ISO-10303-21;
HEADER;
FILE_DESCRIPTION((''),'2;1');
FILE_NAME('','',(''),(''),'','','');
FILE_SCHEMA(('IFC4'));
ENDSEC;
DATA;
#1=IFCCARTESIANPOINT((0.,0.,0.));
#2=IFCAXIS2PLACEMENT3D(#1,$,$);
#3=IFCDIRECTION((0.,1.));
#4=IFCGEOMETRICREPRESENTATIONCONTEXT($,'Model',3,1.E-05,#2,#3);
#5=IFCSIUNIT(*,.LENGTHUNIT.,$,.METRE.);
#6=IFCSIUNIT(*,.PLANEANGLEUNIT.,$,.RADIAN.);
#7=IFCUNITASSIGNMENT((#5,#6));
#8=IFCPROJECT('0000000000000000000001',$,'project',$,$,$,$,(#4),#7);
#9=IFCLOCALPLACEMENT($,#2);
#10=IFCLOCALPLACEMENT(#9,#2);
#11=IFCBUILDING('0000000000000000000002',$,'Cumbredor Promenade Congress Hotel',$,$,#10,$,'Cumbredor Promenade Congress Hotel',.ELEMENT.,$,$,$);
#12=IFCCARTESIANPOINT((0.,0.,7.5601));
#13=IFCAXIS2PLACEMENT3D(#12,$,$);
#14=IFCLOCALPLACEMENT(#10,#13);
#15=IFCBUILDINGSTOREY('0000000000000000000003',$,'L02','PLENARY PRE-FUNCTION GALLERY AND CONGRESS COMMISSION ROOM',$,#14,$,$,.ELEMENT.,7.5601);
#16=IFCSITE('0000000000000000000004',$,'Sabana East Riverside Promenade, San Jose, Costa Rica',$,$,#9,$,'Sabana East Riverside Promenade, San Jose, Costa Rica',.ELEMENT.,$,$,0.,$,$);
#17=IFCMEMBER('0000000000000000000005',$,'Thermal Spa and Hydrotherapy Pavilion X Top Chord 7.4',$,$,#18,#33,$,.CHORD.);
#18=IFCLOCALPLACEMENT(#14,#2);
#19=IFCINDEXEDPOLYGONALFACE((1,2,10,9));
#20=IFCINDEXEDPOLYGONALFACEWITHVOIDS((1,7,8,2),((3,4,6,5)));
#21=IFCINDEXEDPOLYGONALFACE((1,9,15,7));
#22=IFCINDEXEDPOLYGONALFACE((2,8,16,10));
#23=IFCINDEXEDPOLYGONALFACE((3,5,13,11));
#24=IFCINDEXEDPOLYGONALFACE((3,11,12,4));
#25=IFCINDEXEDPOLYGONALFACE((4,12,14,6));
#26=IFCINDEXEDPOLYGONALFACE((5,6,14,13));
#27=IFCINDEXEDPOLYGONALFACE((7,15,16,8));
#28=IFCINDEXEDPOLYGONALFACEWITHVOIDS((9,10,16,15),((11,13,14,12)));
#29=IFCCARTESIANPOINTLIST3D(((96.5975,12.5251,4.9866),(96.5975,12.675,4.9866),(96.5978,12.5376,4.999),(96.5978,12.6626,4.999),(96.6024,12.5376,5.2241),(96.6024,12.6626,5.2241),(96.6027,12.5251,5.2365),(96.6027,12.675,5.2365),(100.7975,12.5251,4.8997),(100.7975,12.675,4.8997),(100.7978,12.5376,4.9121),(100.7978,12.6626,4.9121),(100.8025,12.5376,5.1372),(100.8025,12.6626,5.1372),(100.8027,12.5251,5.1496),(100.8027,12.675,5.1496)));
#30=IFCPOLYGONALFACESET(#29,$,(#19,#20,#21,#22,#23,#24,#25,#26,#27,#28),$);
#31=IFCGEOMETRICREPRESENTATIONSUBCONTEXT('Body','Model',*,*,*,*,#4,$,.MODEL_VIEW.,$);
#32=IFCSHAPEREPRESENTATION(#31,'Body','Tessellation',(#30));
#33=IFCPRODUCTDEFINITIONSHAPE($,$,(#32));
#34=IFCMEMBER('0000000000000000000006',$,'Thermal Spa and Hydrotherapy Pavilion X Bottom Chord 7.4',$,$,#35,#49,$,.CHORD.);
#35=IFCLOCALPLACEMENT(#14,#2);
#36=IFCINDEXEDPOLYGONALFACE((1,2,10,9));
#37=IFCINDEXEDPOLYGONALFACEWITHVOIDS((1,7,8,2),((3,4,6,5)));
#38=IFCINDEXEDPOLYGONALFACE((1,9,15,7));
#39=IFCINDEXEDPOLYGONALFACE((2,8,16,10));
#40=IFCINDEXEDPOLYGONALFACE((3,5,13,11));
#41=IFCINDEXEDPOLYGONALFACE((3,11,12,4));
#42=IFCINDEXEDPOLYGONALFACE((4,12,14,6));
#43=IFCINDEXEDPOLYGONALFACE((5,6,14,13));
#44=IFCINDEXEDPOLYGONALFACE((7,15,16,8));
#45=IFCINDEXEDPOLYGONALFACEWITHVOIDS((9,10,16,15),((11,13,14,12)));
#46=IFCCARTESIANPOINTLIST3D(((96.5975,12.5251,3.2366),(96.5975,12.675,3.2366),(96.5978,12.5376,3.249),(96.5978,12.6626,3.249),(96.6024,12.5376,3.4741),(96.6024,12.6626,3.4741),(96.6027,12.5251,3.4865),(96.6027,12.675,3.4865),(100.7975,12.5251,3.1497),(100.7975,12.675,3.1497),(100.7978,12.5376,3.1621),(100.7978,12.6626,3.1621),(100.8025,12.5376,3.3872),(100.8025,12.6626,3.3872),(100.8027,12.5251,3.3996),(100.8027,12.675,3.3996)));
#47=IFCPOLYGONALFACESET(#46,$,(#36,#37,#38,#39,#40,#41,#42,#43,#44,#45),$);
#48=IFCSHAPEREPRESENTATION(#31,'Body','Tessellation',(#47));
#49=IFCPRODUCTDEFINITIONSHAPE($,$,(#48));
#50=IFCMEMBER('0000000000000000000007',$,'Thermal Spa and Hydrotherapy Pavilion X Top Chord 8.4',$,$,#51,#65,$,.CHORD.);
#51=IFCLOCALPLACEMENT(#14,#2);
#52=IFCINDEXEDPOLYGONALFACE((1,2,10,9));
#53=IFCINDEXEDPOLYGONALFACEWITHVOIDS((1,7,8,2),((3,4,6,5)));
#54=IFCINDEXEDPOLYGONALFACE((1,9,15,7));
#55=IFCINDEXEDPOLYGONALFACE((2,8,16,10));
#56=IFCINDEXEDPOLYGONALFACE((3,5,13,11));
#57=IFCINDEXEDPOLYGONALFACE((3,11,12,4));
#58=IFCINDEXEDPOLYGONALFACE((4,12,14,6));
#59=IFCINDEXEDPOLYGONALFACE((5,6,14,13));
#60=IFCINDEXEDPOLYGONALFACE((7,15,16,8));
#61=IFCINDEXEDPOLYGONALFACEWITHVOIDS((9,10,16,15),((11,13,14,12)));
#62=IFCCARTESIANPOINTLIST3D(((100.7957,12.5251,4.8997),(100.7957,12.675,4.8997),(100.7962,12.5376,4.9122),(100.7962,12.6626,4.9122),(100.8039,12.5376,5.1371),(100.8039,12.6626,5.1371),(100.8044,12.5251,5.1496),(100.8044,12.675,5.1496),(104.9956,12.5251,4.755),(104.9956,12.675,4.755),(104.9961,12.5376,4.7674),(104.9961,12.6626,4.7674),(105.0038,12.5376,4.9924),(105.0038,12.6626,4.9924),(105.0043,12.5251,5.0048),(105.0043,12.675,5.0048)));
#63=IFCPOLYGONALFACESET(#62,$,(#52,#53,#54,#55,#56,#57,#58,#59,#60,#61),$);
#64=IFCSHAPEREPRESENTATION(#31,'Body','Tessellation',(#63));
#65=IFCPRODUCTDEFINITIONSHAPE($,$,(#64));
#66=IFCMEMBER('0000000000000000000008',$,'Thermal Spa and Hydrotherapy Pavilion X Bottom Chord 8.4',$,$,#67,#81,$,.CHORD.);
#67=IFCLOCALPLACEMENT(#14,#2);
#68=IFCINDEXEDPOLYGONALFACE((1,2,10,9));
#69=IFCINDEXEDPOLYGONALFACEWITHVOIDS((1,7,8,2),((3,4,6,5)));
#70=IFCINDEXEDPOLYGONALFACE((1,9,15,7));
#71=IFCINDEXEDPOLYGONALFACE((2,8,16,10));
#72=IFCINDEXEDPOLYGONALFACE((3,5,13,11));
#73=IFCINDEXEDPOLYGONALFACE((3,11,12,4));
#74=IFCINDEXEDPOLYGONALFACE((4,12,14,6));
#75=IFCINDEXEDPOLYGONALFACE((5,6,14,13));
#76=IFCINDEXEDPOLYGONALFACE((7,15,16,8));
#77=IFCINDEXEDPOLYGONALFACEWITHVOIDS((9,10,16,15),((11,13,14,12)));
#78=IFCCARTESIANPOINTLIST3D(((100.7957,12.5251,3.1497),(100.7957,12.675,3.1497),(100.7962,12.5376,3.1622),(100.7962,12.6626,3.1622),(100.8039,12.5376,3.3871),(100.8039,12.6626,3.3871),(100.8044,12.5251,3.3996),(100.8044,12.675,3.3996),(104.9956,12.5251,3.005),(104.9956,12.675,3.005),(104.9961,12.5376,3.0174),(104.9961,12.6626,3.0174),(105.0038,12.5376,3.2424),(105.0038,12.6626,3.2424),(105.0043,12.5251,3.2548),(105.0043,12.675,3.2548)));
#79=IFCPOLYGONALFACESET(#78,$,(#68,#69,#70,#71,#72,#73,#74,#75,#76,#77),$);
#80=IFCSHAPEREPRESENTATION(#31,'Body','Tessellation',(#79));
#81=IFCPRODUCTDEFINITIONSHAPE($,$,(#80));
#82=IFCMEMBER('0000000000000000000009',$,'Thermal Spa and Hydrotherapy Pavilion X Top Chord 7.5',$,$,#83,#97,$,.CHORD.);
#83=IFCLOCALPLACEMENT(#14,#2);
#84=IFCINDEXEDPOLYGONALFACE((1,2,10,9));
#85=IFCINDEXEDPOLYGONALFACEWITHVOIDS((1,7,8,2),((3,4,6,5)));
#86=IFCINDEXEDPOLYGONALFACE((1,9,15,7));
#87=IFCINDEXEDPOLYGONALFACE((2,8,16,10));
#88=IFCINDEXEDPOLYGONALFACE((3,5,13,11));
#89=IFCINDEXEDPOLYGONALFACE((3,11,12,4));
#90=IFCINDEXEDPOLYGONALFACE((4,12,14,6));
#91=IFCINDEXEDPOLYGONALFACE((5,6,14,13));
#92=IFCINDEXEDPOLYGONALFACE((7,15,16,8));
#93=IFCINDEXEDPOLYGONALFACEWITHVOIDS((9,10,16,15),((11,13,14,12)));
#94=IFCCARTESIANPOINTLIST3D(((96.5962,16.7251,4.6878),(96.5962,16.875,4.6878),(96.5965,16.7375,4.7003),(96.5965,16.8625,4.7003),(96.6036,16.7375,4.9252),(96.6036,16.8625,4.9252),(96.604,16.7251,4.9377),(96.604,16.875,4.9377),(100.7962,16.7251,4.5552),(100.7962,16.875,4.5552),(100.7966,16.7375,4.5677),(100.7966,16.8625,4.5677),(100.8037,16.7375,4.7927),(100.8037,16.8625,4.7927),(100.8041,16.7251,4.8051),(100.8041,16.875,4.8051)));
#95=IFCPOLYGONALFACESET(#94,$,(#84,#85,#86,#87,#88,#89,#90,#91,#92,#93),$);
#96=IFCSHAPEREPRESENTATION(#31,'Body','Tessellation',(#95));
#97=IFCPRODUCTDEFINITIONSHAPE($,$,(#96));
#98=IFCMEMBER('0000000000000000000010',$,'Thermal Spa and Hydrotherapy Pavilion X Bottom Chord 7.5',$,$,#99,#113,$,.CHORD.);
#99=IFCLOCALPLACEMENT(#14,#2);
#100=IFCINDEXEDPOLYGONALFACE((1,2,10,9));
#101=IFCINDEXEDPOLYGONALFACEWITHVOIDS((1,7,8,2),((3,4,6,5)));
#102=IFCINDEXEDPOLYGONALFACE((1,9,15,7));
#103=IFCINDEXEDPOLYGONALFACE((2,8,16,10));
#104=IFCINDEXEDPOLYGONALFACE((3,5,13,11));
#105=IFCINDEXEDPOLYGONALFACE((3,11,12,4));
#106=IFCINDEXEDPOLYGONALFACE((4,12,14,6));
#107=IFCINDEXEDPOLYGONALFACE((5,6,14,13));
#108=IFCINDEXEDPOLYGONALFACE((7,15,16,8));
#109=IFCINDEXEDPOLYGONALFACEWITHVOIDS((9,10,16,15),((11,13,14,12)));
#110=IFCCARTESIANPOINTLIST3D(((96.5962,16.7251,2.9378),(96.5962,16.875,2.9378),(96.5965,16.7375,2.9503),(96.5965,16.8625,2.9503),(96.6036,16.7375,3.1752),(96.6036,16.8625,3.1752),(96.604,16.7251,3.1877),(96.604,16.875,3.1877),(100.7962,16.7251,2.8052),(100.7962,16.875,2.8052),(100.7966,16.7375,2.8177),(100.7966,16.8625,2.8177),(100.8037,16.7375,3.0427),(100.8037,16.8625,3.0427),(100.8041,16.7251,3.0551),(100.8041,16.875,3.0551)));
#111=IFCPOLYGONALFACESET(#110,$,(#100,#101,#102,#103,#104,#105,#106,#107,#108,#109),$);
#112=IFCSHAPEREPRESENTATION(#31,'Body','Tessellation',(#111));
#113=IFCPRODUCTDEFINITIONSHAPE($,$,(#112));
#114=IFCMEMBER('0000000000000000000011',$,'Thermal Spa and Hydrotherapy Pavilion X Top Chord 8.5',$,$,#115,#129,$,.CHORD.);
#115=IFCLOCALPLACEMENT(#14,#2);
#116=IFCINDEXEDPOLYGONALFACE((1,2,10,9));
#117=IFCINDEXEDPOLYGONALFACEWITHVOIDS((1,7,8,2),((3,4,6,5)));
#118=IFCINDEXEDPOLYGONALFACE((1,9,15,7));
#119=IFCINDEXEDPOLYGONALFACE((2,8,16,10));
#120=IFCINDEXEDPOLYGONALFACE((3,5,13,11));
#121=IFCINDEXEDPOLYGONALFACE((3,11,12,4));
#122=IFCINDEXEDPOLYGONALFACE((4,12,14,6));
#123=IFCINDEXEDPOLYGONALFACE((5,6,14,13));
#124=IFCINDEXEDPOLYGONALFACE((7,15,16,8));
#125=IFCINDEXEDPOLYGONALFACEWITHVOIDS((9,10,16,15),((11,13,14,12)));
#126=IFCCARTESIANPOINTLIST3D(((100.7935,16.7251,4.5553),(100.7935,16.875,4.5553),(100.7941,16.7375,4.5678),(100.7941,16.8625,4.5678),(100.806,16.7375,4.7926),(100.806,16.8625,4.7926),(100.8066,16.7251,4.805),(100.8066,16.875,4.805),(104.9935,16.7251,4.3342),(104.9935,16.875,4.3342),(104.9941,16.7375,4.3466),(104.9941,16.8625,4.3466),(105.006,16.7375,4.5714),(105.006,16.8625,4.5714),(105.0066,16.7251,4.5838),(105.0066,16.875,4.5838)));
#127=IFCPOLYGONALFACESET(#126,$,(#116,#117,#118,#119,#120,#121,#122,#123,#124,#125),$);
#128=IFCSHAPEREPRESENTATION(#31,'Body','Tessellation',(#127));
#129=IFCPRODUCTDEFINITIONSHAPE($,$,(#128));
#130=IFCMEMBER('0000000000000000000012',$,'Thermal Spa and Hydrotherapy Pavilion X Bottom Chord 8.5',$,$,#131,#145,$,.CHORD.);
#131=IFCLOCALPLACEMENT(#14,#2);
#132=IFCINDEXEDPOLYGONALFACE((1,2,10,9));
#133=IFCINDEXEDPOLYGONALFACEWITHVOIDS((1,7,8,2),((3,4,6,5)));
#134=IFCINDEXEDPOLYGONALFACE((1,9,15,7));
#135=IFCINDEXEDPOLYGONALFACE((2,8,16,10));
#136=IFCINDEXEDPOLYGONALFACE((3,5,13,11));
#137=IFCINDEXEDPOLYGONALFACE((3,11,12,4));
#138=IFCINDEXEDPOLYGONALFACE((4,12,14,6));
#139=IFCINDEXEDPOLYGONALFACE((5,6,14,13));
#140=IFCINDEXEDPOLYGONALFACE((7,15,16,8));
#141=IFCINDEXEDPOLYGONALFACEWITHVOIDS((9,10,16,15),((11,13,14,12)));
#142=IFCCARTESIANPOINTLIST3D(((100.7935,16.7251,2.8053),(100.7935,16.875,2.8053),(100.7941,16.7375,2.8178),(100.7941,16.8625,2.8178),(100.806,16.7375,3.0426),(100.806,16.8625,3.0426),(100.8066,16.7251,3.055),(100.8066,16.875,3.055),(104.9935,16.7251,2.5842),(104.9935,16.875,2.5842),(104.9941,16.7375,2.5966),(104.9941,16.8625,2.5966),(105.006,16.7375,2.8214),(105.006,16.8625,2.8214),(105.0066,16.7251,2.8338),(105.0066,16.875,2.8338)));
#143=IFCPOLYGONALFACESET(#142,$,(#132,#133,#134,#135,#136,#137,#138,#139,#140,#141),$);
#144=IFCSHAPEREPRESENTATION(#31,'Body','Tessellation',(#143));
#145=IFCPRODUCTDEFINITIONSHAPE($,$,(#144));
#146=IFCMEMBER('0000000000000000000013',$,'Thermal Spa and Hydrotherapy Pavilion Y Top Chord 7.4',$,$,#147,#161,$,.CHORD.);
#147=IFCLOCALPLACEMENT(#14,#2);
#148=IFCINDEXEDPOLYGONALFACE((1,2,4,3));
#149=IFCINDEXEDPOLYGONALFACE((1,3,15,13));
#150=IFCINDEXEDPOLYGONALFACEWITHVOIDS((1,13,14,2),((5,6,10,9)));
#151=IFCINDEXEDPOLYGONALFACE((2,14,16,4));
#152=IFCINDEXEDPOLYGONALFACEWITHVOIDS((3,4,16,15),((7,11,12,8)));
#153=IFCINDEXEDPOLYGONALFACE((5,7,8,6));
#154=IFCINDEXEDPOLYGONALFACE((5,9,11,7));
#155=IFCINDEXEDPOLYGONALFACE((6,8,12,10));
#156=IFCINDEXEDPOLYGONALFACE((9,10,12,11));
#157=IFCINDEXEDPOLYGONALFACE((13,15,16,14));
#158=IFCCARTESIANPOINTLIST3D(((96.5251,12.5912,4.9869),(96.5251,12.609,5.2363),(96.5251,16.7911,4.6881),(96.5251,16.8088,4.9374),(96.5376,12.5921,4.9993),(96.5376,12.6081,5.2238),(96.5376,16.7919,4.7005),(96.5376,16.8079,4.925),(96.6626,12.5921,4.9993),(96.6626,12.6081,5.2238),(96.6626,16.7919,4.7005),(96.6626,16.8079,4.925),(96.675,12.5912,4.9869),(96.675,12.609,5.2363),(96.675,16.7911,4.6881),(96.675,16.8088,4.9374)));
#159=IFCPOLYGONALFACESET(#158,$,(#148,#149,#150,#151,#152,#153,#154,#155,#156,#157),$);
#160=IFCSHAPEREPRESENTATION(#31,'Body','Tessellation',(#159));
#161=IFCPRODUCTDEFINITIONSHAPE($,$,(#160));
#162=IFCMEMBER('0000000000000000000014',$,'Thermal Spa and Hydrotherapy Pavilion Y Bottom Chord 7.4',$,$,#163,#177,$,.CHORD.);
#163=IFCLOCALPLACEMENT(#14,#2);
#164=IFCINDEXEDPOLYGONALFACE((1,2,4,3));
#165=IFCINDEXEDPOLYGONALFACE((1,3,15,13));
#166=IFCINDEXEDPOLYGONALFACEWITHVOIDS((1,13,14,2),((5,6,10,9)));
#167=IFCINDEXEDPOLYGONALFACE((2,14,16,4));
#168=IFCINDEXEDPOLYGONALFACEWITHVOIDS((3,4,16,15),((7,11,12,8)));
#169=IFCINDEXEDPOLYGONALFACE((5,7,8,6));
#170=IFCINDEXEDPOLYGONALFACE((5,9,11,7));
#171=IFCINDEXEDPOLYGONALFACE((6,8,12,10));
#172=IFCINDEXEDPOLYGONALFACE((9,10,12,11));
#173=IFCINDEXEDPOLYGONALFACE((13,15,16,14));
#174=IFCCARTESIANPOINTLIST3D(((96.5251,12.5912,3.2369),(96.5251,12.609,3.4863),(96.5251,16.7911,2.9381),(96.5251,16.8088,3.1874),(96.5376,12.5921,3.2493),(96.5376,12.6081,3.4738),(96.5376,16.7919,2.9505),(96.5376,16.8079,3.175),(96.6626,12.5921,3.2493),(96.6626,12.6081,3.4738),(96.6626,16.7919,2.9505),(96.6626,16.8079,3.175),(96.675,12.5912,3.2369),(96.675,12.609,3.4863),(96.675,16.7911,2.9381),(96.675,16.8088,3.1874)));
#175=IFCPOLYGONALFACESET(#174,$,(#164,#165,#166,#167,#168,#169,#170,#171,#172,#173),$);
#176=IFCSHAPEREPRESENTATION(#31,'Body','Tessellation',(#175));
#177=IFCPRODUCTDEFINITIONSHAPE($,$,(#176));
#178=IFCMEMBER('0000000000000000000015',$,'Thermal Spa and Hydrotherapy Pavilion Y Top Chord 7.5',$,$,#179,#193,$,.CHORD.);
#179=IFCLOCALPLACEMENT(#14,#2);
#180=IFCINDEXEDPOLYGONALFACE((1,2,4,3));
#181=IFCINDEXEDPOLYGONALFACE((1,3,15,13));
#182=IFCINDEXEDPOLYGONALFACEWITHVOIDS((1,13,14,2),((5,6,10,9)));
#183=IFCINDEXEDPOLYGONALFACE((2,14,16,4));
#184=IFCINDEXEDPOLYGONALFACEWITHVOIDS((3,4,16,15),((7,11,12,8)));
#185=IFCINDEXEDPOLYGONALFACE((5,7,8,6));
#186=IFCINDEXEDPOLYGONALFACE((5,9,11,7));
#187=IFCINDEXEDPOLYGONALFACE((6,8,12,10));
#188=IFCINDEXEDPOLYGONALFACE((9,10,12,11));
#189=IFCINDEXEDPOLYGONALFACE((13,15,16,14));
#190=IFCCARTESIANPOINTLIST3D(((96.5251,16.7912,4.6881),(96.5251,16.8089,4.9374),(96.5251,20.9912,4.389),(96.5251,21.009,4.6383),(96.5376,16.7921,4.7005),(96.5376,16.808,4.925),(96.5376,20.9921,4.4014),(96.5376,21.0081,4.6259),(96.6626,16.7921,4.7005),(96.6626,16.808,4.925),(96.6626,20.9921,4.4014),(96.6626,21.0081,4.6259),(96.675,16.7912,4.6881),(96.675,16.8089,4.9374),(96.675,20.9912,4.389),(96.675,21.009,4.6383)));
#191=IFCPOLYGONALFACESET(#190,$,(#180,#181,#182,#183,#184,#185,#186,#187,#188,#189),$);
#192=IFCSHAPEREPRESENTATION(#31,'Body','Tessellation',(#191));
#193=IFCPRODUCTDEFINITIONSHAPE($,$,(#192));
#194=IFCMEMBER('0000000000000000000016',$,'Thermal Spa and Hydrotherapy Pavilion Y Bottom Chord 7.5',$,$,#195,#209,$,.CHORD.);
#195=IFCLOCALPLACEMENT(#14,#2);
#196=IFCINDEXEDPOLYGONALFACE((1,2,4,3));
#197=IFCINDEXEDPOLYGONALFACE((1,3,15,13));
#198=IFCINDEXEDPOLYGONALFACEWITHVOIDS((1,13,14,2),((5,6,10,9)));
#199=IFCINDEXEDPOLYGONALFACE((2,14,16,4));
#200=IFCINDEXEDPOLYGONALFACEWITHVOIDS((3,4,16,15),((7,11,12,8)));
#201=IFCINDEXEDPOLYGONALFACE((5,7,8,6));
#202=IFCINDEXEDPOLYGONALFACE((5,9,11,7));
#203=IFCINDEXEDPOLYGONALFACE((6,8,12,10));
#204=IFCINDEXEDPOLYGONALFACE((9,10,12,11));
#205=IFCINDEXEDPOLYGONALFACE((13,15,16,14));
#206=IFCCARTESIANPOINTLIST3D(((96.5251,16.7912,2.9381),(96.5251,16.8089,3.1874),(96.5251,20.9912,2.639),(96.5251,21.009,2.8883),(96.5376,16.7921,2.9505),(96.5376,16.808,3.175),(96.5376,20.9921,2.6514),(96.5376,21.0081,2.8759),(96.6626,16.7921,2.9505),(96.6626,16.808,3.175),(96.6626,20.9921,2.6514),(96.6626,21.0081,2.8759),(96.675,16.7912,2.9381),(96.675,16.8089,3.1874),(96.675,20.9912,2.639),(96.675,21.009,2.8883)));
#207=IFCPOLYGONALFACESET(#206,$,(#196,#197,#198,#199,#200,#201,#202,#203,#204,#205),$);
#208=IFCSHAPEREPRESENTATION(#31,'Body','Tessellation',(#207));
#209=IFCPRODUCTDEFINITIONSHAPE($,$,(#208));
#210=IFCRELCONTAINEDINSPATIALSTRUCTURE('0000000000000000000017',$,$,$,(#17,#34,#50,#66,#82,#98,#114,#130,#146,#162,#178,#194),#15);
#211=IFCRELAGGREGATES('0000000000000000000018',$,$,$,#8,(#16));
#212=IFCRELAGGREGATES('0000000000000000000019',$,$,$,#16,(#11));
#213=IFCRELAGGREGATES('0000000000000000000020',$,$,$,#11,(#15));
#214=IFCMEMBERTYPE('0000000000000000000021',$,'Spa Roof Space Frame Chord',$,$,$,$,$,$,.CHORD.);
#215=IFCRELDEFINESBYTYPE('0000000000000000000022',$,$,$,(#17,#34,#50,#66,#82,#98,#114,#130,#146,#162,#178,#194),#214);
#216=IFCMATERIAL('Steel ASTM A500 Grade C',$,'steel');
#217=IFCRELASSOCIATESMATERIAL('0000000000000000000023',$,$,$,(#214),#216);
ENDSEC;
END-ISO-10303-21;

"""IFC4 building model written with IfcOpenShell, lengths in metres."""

from ifc_helpers import new_model, si_unit, direction, frame, origin, origin_2d, place, context, subcontext, project, spatial, hollow_rectangle, extrude, material, material_profile, profile_set, type_object, element, save


model = new_model("IFC4")

# Units and contexts
model_context = context("Model", 3, precision=1e-05, world=origin(), true_north=direction((0.0, 1.0)))
body_context = subcontext(model_context, "Body", "Model", "MODEL_VIEW")
ifc_project = project(units=[si_unit("LENGTHUNIT", "METRE"), si_unit("PLANEANGLEUNIT", "RADIAN")], contexts=[model_context])

# Site, building, storey
site_placement = place(None, origin())
site = spatial("IfcSite", under=ifc_project, at=site_placement, Name="Sabana East Riverside Promenade, San Jose, Costa Rica", LongName="Sabana East Riverside Promenade, San Jose, Costa Rica", CompositionType="ELEMENT", RefElevation=0.0)
building_placement = place(site_placement, origin())
building = spatial("IfcBuilding", under=site, at=building_placement, Name="Cumbredor Promenade Congress Hotel", LongName="Cumbredor Promenade Congress Hotel", CompositionType="ELEMENT")
storey_placement = place(building_placement, frame((0.0, 0.0, 7.5601)))
storey = spatial("IfcBuildingStorey", under=building, at=storey_placement, Name="L02", Description="PLENARY PRE-FUNCTION GALLERY AND CONGRESS COMMISSION ROOM", CompositionType="ELEMENT", Elevation=7.5601)

# Members
ifc_material_1 = material(Name="Steel ASTM A500 Grade C", Category="steel")
ifc_material_profile_1 = material_profile(ifc_material_1, hollow_rectangle(XDim=0.1499, YDim=0.25, WallThickness=0.0125, at=origin_2d()), Name="HSS 250x150x12.5")
ifc_profile_set_1 = profile_set([ifc_material_profile_1], Name="Steel ASTM A500 Grade C")
member_type_1 = type_object("IfcMemberType", Name="Spa Roof Space Frame Chord", PredefinedType="CHORD", material=ifc_profile_set_1)
for number, where, z_axis, x_axis, name in (
    (1, (96.6001, 12.6001, 5.1116), (0.999786, 0.0, -0.02069), (0.0, 1.0, 0.0), "Thermal Spa and Hydrotherapy Pavilion X Top Chord 7.4"),
    (2, (96.6001, 12.6001, 3.3616), (0.999786, 0.0, -0.02069), (0.0, 1.0, 0.0), "Thermal Spa and Hydrotherapy Pavilion X Bottom Chord 7.4"),
):
    element("IfcMember", number, at=place(storey_placement, frame(where, z_axis=z_axis, x_axis=x_axis)), inside=storey, type_object=member_type_1, Name=name, PredefinedType="CHORD", context=body_context, shape_type="SweptSolid", body=[
        extrude(hollow_rectangle(XDim=0.1499, YDim=0.25, WallThickness=0.0125, at=origin_2d()), origin(), (0.0, 0.0, 1.0), 4.2009),
    ])
for number, where, z_axis, x_axis, name in (
    (3, (100.8, 12.6001, 5.0247), (0.999406, 0.0, -0.03445), (0.0, 1.0, 0.0), "Thermal Spa and Hydrotherapy Pavilion X Top Chord 8.4"),
    (4, (100.8, 12.6001, 3.2747), (0.999406, 0.0, -0.03445), (0.0, 1.0, 0.0), "Thermal Spa and Hydrotherapy Pavilion X Bottom Chord 8.4"),
):
    element("IfcMember", number, at=place(storey_placement, frame(where, z_axis=z_axis, x_axis=x_axis)), inside=storey, type_object=member_type_1, Name=name, PredefinedType="CHORD", context=body_context, shape_type="SweptSolid", body=[
        extrude(hollow_rectangle(XDim=0.1499, YDim=0.25, WallThickness=0.0125, at=origin_2d()), origin(), (0.0, 0.0, 1.0), 4.2024),
    ])
for number, where, z_axis, x_axis, name in (
    (5, (96.6001, 16.8, 4.8127), (0.999502, 0.0, -0.031549), (0.0, 1.0, 0.0), "Thermal Spa and Hydrotherapy Pavilion X Top Chord 7.5"),
    (6, (96.6001, 16.8, 3.0627), (0.999502, 0.0, -0.031549), (0.0, 1.0, 0.0), "Thermal Spa and Hydrotherapy Pavilion X Bottom Chord 7.5"),
):
    element("IfcMember", number, at=place(storey_placement, frame(where, z_axis=z_axis, x_axis=x_axis)), inside=storey, type_object=member_type_1, Name=name, PredefinedType="CHORD", context=body_context, shape_type="SweptSolid", body=[
        extrude(hollow_rectangle(XDim=0.1499, YDim=0.25, WallThickness=0.0125, at=origin_2d()), origin(), (0.0, 0.0, 1.0), 4.2021),
    ])
for number, where, z_axis, x_axis, name in (
    (7, (100.8, 16.8, 4.6802), (0.998616, 0.0, -0.052592), (0.0, 1.0, 0.0), "Thermal Spa and Hydrotherapy Pavilion X Top Chord 8.5"),
    (8, (100.8, 16.8, 2.9302), (0.998616, 0.0, -0.052592), (0.0, 1.0, 0.0), "Thermal Spa and Hydrotherapy Pavilion X Bottom Chord 8.5"),
):
    element("IfcMember", number, at=place(storey_placement, frame(where, z_axis=z_axis, x_axis=x_axis)), inside=storey, type_object=member_type_1, Name=name, PredefinedType="CHORD", context=body_context, shape_type="SweptSolid", body=[
        extrude(hollow_rectangle(XDim=0.1499, YDim=0.25, WallThickness=0.0125, at=origin_2d()), origin(), (0.0, 0.0, 1.0), 4.2058),
    ])
for number, where, z_axis, x_axis, name in (
    (9, (96.6001, 12.6001, 5.1116), (0.0, 0.997478, -0.070971), (-1.0, 0.0, 0.0), "Thermal Spa and Hydrotherapy Pavilion Y Top Chord 7.4"),
    (10, (96.6001, 12.6001, 3.3616), (0.0, 0.997478, -0.070971), (-1.0, 0.0, 0.0), "Thermal Spa and Hydrotherapy Pavilion Y Bottom Chord 7.4"),
):
    element("IfcMember", number, at=place(storey_placement, frame(where, z_axis=z_axis, x_axis=x_axis)), inside=storey, type_object=member_type_1, Name=name, PredefinedType="CHORD", context=body_context, shape_type="SweptSolid", body=[
        extrude(hollow_rectangle(XDim=0.1499, YDim=0.25, WallThickness=0.0125, at=origin_2d()), origin(), (0.0, 0.0, 1.0), 4.2104),
    ])
for number, where, z_axis, x_axis, name in (
    (11, (96.6001, 16.8, 4.8127), (0.0, 0.997474, -0.071029), (-1.0, 0.0, 0.0), "Thermal Spa and Hydrotherapy Pavilion Y Top Chord 7.5"),
    (12, (96.6001, 16.8, 3.0627), (0.0, 0.997474, -0.071029), (-1.0, 0.0, 0.0), "Thermal Spa and Hydrotherapy Pavilion Y Bottom Chord 7.5"),
):
    element("IfcMember", number, at=place(storey_placement, frame(where, z_axis=z_axis, x_axis=x_axis)), inside=storey, type_object=member_type_1, Name=name, PredefinedType="CHORD", context=body_context, shape_type="SweptSolid", body=[
        extrude(hollow_rectangle(XDim=0.1499, YDim=0.25, WallThickness=0.0125, at=origin_2d()), origin(), (0.0, 0.0, 1.0), 4.2107),
    ])

save(model, "model.ifc")
